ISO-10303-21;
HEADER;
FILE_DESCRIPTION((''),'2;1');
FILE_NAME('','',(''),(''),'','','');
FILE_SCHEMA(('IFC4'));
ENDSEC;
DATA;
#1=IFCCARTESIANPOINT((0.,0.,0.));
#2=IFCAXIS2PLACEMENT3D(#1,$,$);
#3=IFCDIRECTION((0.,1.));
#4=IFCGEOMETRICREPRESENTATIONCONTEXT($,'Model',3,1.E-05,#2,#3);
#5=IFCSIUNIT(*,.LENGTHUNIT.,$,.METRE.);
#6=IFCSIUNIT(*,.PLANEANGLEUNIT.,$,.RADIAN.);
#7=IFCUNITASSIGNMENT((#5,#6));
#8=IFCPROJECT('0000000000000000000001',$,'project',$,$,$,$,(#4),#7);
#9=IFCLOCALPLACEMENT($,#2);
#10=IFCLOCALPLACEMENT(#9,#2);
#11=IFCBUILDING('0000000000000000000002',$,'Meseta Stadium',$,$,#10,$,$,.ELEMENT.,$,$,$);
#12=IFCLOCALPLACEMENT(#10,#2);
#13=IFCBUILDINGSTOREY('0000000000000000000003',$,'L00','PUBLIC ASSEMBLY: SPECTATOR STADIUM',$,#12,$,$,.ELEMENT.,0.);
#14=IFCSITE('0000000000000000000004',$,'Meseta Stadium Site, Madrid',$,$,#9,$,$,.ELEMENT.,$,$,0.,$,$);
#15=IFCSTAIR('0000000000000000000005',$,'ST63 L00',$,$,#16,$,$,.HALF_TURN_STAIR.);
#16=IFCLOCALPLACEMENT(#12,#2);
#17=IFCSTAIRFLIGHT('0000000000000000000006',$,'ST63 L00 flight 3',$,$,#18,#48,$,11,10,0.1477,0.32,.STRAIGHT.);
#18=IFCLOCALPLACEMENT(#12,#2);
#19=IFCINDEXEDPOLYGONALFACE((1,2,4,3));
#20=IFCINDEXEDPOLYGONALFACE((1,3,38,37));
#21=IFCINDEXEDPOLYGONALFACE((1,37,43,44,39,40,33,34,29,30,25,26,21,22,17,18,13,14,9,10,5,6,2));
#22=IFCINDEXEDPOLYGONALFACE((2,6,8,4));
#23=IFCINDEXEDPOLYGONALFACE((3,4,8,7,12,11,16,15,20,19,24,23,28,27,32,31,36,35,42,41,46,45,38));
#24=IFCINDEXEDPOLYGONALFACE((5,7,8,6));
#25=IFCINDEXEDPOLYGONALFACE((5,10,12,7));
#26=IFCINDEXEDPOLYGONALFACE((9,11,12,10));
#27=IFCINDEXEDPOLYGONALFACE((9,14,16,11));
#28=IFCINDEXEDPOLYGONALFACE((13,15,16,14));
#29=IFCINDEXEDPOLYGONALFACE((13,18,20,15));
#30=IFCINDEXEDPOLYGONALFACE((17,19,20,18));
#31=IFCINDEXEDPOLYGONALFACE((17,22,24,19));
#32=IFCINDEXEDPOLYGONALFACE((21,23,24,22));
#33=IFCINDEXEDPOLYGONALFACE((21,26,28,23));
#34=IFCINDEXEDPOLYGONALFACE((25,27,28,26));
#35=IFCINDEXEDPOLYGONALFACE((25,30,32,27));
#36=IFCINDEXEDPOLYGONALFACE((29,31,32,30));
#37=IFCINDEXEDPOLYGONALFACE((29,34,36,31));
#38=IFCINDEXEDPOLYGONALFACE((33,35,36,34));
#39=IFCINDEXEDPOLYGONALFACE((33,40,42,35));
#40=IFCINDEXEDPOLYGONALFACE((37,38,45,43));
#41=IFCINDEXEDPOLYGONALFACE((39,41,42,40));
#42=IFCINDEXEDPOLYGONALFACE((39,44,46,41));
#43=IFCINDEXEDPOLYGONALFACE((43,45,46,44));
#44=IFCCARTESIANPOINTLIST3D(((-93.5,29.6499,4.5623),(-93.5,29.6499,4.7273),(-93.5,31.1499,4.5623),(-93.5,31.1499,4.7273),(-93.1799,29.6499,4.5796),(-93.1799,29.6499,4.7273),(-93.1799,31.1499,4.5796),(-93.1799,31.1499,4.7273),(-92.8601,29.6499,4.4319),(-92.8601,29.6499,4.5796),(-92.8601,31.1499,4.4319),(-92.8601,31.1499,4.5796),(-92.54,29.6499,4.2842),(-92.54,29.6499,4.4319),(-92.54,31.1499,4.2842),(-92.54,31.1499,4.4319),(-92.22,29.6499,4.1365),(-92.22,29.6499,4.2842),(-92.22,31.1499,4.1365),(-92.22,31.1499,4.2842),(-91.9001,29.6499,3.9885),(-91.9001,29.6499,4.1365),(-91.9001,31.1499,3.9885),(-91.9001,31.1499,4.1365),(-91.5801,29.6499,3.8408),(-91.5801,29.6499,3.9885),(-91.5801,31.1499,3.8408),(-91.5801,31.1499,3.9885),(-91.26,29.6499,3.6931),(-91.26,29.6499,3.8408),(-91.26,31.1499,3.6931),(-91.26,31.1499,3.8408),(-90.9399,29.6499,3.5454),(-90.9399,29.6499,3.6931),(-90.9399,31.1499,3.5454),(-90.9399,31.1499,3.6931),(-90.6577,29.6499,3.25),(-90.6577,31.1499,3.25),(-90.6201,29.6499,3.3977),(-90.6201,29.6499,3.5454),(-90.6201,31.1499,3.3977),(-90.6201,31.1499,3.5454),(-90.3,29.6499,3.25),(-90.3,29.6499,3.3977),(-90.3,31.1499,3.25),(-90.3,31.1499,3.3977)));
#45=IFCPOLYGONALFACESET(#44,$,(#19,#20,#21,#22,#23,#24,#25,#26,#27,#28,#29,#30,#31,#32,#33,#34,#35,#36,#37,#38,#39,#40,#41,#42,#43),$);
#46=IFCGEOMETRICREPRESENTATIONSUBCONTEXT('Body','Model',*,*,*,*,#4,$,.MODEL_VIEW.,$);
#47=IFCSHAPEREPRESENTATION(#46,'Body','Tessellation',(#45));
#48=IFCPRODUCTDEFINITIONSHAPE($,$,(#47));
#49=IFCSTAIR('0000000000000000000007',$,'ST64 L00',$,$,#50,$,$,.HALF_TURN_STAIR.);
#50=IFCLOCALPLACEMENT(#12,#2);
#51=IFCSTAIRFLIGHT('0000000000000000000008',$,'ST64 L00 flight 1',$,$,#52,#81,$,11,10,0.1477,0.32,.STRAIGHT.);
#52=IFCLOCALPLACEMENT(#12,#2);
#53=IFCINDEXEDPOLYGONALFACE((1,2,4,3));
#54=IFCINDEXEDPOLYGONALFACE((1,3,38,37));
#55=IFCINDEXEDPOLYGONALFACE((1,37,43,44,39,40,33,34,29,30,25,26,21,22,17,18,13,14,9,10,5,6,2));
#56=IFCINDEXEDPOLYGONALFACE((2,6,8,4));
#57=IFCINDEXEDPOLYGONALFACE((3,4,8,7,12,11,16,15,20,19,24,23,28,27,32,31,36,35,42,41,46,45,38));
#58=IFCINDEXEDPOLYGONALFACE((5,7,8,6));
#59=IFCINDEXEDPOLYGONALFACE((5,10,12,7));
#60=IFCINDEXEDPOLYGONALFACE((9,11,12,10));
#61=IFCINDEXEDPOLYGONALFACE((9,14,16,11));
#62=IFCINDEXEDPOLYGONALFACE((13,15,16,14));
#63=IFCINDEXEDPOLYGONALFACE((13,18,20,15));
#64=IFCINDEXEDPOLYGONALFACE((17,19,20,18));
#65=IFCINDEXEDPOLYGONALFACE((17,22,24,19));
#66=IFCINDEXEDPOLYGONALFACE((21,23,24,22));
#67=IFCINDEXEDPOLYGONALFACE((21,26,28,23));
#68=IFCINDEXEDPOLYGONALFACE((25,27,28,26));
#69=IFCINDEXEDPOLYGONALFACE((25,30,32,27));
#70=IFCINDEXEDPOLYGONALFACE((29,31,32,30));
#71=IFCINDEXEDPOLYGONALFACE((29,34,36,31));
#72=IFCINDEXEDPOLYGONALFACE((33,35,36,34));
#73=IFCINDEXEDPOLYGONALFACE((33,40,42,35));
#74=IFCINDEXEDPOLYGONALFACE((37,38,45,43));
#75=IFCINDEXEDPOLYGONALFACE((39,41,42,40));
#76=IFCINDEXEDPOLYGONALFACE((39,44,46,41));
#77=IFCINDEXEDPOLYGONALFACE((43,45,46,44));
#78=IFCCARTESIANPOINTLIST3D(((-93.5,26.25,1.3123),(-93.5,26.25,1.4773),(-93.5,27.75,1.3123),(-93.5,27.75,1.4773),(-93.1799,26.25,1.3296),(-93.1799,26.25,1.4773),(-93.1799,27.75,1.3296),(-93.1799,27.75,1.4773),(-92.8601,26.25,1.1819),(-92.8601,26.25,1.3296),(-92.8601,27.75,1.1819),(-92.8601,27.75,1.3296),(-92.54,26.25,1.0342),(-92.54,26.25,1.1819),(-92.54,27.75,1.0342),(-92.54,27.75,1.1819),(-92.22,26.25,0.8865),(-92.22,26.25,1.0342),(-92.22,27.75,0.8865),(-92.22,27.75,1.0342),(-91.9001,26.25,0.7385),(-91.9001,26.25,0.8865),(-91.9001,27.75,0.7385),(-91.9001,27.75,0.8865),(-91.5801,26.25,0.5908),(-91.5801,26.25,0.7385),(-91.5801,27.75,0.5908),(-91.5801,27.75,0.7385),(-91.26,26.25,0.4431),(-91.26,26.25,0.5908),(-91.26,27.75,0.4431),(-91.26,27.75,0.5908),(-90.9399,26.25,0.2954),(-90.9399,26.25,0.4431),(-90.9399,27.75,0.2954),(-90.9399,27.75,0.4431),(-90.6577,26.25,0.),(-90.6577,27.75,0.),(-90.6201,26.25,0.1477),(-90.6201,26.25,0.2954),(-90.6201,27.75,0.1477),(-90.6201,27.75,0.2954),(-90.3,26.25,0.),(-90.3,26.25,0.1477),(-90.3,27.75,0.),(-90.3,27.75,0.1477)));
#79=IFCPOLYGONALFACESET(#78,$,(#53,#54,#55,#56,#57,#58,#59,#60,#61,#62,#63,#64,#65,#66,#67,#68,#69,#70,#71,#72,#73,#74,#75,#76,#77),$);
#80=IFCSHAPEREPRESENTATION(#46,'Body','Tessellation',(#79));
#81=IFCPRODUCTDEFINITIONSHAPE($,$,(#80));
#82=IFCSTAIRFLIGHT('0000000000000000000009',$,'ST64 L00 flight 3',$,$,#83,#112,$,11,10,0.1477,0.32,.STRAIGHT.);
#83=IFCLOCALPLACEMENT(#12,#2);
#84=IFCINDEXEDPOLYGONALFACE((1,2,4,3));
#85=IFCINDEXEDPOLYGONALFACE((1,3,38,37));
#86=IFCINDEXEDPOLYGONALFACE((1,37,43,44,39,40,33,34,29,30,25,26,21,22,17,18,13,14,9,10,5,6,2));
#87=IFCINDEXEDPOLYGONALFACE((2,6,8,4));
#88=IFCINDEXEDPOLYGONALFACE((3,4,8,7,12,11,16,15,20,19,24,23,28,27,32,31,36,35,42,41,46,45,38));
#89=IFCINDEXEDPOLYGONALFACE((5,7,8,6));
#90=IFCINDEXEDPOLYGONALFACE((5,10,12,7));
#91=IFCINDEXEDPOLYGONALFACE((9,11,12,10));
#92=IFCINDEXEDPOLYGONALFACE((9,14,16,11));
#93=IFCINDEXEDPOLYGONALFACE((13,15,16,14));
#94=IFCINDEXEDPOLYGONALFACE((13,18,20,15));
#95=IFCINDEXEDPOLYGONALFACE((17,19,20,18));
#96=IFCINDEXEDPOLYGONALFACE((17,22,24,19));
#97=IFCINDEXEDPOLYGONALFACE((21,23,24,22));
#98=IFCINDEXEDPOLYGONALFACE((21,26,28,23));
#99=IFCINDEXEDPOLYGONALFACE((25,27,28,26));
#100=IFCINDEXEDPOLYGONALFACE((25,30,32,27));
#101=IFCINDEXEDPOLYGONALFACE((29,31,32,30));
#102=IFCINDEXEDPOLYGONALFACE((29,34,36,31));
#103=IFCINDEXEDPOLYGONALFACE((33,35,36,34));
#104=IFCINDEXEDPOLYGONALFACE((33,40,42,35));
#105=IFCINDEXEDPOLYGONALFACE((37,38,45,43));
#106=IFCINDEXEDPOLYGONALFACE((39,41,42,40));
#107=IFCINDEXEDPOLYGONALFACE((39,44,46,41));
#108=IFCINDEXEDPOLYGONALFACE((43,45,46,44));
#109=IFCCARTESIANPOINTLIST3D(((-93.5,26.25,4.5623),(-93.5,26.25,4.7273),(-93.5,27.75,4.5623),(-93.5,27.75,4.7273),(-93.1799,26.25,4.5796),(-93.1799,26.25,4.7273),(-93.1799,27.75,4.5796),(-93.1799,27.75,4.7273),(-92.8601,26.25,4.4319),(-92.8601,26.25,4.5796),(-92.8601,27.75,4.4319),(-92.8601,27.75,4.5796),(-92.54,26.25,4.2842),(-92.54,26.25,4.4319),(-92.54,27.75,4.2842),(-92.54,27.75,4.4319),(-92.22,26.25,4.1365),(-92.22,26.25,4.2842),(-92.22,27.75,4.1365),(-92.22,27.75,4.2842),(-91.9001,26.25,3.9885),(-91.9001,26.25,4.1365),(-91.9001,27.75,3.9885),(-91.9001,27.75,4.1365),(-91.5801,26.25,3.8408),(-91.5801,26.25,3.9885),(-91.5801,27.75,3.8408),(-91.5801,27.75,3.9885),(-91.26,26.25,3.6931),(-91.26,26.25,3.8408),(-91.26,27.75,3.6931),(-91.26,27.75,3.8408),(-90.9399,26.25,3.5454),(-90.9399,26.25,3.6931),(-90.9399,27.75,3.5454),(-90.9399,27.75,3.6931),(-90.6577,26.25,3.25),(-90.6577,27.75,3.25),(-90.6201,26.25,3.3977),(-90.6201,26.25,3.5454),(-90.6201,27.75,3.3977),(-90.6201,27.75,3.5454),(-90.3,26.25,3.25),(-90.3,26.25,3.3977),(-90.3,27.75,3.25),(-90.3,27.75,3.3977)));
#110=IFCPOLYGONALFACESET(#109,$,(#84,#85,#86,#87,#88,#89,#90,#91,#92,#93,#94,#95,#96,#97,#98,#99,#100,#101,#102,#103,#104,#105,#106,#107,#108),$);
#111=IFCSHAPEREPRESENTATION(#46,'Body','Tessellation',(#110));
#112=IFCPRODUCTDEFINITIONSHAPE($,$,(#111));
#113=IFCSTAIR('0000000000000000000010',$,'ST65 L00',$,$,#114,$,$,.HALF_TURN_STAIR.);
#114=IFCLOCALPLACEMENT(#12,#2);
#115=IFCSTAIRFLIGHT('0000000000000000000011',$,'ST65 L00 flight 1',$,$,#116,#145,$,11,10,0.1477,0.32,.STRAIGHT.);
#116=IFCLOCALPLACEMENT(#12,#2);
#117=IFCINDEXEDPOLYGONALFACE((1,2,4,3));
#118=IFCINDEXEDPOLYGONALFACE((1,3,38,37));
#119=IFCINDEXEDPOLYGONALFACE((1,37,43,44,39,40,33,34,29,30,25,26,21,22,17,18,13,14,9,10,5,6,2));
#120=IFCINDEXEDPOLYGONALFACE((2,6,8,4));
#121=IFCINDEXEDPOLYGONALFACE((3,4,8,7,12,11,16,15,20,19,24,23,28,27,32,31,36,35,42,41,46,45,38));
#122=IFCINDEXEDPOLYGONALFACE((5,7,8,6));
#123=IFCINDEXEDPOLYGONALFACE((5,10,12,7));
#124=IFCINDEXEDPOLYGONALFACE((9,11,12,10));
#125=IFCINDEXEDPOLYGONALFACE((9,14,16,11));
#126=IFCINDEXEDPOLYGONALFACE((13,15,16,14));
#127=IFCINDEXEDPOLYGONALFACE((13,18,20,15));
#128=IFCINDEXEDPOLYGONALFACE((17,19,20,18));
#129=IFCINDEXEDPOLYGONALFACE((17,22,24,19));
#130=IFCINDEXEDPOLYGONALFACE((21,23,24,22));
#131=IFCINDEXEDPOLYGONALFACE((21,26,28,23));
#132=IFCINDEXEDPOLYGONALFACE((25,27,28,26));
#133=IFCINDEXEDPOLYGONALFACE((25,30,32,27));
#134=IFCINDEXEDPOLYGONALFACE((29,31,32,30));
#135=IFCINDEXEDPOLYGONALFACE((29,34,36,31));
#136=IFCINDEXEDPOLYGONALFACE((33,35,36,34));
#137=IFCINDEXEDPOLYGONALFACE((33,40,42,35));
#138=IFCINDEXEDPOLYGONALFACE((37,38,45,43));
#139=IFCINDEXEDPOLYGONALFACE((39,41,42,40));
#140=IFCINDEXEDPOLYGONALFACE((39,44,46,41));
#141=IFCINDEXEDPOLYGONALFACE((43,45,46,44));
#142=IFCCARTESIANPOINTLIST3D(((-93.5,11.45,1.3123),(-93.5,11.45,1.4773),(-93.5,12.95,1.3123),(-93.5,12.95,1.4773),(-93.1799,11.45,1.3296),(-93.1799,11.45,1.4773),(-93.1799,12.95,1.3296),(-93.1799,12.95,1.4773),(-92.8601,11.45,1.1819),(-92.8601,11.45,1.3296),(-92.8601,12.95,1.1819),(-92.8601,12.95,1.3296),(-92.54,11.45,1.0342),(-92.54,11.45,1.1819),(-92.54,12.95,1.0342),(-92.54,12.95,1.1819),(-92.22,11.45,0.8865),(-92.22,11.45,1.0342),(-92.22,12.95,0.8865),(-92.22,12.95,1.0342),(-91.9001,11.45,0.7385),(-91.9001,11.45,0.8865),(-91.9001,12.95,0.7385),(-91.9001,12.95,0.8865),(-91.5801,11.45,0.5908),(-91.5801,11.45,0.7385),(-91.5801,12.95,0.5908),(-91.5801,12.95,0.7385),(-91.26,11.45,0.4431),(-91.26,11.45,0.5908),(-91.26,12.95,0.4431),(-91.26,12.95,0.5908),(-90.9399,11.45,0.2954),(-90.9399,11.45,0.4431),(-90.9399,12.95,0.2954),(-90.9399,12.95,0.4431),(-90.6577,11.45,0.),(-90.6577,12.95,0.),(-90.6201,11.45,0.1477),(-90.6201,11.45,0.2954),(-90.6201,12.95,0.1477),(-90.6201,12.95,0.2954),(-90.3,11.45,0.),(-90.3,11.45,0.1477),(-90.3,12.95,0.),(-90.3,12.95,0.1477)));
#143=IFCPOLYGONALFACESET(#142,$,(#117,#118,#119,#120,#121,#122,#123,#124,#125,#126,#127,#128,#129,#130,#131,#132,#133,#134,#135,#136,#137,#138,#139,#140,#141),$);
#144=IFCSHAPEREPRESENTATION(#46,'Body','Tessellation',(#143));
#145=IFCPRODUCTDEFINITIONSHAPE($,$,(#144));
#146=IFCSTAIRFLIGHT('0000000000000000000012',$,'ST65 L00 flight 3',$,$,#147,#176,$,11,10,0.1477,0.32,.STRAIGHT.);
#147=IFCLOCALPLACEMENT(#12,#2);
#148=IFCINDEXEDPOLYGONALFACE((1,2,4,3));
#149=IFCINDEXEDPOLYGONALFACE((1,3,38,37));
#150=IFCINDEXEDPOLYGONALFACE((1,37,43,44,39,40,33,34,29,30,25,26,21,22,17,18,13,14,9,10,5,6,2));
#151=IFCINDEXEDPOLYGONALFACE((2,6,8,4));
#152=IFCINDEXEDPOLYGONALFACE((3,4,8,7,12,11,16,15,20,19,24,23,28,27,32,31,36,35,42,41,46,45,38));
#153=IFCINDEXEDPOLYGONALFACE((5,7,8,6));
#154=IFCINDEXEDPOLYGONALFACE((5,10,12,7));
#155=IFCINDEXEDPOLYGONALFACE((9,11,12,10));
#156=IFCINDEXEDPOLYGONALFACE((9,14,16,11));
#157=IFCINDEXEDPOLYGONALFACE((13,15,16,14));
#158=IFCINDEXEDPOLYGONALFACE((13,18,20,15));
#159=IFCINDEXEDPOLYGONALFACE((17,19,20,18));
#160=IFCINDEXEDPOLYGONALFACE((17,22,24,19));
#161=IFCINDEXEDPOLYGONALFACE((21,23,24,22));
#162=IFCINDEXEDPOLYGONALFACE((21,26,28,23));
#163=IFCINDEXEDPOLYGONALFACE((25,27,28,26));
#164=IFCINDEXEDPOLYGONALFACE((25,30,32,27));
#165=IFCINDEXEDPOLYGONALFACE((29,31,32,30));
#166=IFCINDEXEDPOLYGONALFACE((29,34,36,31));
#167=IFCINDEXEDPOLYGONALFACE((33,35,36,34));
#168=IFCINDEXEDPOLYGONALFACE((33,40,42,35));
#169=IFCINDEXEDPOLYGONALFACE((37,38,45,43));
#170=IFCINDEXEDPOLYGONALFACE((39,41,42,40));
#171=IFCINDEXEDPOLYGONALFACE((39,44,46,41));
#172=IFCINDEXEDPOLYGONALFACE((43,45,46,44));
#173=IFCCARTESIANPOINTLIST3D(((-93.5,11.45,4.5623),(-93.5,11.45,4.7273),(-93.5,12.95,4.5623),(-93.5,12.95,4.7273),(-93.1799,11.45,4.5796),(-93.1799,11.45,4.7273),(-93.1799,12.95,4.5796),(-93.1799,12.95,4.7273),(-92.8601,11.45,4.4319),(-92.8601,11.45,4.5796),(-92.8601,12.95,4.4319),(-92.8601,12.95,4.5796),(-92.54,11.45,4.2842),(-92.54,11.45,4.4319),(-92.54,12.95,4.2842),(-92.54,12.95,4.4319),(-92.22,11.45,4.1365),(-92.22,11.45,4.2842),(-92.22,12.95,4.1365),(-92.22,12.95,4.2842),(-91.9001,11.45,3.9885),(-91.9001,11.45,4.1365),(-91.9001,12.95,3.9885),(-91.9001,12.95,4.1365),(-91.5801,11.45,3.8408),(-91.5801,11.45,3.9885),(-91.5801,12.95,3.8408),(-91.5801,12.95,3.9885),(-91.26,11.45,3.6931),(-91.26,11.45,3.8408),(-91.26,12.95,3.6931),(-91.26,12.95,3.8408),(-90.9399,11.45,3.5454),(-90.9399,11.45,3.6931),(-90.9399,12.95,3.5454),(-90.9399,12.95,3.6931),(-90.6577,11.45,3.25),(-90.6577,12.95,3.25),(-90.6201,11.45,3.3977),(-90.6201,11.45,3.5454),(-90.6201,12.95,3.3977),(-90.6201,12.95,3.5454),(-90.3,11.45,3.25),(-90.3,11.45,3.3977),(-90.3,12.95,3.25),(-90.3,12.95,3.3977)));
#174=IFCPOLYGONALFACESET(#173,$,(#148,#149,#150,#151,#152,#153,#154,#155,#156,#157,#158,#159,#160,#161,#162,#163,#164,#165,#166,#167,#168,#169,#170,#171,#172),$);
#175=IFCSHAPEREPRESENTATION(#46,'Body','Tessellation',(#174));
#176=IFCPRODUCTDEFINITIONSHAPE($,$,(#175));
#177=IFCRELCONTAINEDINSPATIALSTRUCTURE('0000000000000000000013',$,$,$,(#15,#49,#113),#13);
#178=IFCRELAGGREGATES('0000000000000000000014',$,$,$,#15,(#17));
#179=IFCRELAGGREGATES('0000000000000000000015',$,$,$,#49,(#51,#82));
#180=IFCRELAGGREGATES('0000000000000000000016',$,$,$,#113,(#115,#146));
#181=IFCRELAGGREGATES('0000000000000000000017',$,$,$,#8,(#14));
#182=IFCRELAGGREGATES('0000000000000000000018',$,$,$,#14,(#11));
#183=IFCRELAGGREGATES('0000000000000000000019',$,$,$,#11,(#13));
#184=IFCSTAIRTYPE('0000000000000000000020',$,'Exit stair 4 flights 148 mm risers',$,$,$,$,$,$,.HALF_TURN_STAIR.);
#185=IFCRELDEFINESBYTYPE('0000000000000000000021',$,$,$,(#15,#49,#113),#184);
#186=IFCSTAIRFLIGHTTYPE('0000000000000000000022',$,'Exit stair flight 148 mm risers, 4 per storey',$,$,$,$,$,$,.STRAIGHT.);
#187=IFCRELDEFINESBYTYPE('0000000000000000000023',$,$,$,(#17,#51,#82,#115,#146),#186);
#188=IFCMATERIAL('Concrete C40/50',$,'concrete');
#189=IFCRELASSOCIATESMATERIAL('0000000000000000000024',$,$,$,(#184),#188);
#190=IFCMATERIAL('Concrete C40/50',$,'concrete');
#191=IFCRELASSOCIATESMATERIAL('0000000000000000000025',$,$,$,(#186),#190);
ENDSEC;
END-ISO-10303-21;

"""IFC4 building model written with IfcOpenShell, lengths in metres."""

from ifc_helpers import new_model, si_unit, direction, frame, origin, place, context, subcontext, project, spatial, polyline, outline, extrude, material, type_object, element, aggregate, save


model = new_model("IFC4")

# Units and contexts
model_context = context("Model", 3, precision=1e-05, world=origin(), true_north=direction((0.0, 1.0)))
body_context = subcontext(model_context, "Body", "Model", "MODEL_VIEW")
ifc_project = project(units=[si_unit("LENGTHUNIT", "METRE"), si_unit("PLANEANGLEUNIT", "RADIAN")], contexts=[model_context])

# Site, building, storey
site_placement = place(None, origin())
site = spatial("IfcSite", under=ifc_project, at=site_placement, Name="Meseta Stadium Site, Madrid", CompositionType="ELEMENT", RefElevation=0.0)
building_placement = place(site_placement, origin())
building = spatial("IfcBuilding", under=site, at=building_placement, Name="Meseta Stadium", CompositionType="ELEMENT")
storey_placement = place(building_placement, origin())
storey = spatial("IfcBuildingStorey", under=building, at=storey_placement, Name="L00", Description="PUBLIC ASSEMBLY: SPECTATOR STADIUM", CompositionType="ELEMENT", Elevation=0.0)

# Stairs, stair flights
ifc_material_1 = material(Name="Concrete C40/50", Category="concrete")
stair_type = type_object("IfcStairType", Name="Exit stair 4 flights 148 mm risers", PredefinedType="HALF_TURN_STAIR", material=ifc_material_1)
stair_1_placement = place(storey_placement, origin())
stair_1 = element("IfcStair", 1, at=stair_1_placement, inside=storey, type_object=stair_type, Name="ST63 L00", PredefinedType="HALF_TURN_STAIR")
ifc_material_2 = material(Name="Concrete C40/50", Category="concrete")
stair_flight_type = type_object("IfcStairFlightType", Name="Exit stair flight 148 mm risers, 4 per storey", PredefinedType="STRAIGHT", material=ifc_material_2)
stair_flight_1_placement = place(storey_placement, frame((-90.3, 30.3999, 3.25), z_axis=(0.0, 0.0, 1.0), x_axis=(-1.0, 0.0, 0.0)))
stair_flight_1 = element("IfcStairFlight", 2, at=stair_flight_1_placement, type_object=stair_flight_type, Name="ST63 L00 flight 3", NumberOfRisers=11, NumberOfTreads=10, PredefinedType="STRAIGHT", RiserHeight=0.1477, TreadLength=0.32, context=body_context, shape_type="SweptSolid", body=[
    extrude(outline(polyline([(0.0, 0.0), (0.0, 0.1477), (0.3201, 0.1477), (0.3201, 0.2954), (0.6399, 0.2954), (0.6399, 0.4431), (0.96, 0.4431), (0.96, 0.5908), (1.28, 0.5908), (1.28, 0.7385), (1.6001, 0.7385), (1.6001, 0.8865), (1.9199, 0.8865), (1.9199, 1.0342), (2.24, 1.0342), (2.24, 1.1819), (2.5601, 1.1819), (2.5601, 1.3296), (2.8799, 1.3296), (2.8799, 1.4773), (3.2, 1.4773), (3.2, 1.3123), (0.3577, 0.0), (0.0, 0.0)])), frame((0.0, 0.75, 0.0), z_axis=(0.0, -1.0, 0.0), x_axis=(1.0, 0.0, 0.0)), (0.0, 0.0, 1.0), 1.5),
])
aggregate(stair_1, [stair_flight_1])
stair_2_placement = place(storey_placement, origin())
stair_2 = element("IfcStair", 3, at=stair_2_placement, inside=storey, type_object=stair_type, Name="ST64 L00", PredefinedType="HALF_TURN_STAIR")
stair_flight_2_placement = place(storey_placement, frame((-90.3, 27.0, 0.0), z_axis=(0.0, 0.0, 1.0), x_axis=(-1.0, 0.0, 0.0)))
stair_flight_2 = element("IfcStairFlight", 4, at=stair_flight_2_placement, type_object=stair_flight_type, Name="ST64 L00 flight 1", NumberOfRisers=11, NumberOfTreads=10, PredefinedType="STRAIGHT", RiserHeight=0.1477, TreadLength=0.32, context=body_context, shape_type="SweptSolid", body=[
    extrude(outline(polyline([(0.0, 0.0), (0.0, 0.1477), (0.3201, 0.1477), (0.3201, 0.2954), (0.6399, 0.2954), (0.6399, 0.4431), (0.96, 0.4431), (0.96, 0.5908), (1.28, 0.5908), (1.28, 0.7385), (1.6001, 0.7385), (1.6001, 0.8865), (1.9199, 0.8865), (1.9199, 1.0342), (2.24, 1.0342), (2.24, 1.1819), (2.5601, 1.1819), (2.5601, 1.3296), (2.8799, 1.3296), (2.8799, 1.4773), (3.2, 1.4773), (3.2, 1.3123), (0.3577, 0.0), (0.0, 0.0)])), frame((0.0, 0.75, 0.0), z_axis=(0.0, -1.0, 0.0), x_axis=(1.0, 0.0, 0.0)), (0.0, 0.0, 1.0), 1.5),
])
stair_flight_3_placement = place(storey_placement, frame((-90.3, 27.0, 3.25), z_axis=(0.0, 0.0, 1.0), x_axis=(-1.0, 0.0, 0.0)))
stair_flight_3 = element("IfcStairFlight", 5, at=stair_flight_3_placement, type_object=stair_flight_type, Name="ST64 L00 flight 3", NumberOfRisers=11, NumberOfTreads=10, PredefinedType="STRAIGHT", RiserHeight=0.1477, TreadLength=0.32, context=body_context, shape_type="SweptSolid", body=[
    extrude(outline(polyline([(0.0, 0.0), (0.0, 0.1477), (0.3201, 0.1477), (0.3201, 0.2954), (0.6399, 0.2954), (0.6399, 0.4431), (0.96, 0.4431), (0.96, 0.5908), (1.28, 0.5908), (1.28, 0.7385), (1.6001, 0.7385), (1.6001, 0.8865), (1.9199, 0.8865), (1.9199, 1.0342), (2.24, 1.0342), (2.24, 1.1819), (2.5601, 1.1819), (2.5601, 1.3296), (2.8799, 1.3296), (2.8799, 1.4773), (3.2, 1.4773), (3.2, 1.3123), (0.3577, 0.0), (0.0, 0.0)])), frame((0.0, 0.75, 0.0), z_axis=(0.0, -1.0, 0.0), x_axis=(1.0, 0.0, 0.0)), (0.0, 0.0, 1.0), 1.5),
])
aggregate(stair_2, [stair_flight_2, stair_flight_3])
stair_3_placement = place(storey_placement, origin())
stair_3 = element("IfcStair", 6, at=stair_3_placement, inside=storey, type_object=stair_type, Name="ST65 L00", PredefinedType="HALF_TURN_STAIR")
stair_flight_4_placement = place(storey_placement, frame((-90.3, 12.2, 0.0), z_axis=(0.0, 0.0, 1.0), x_axis=(-1.0, 0.0, 0.0)))
stair_flight_4 = element("IfcStairFlight", 7, at=stair_flight_4_placement, type_object=stair_flight_type, Name="ST65 L00 flight 1", NumberOfRisers=11, NumberOfTreads=10, PredefinedType="STRAIGHT", RiserHeight=0.1477, TreadLength=0.32, context=body_context, shape_type="SweptSolid", body=[
    extrude(outline(polyline([(0.0, 0.0), (0.0, 0.1477), (0.3201, 0.1477), (0.3201, 0.2954), (0.6399, 0.2954), (0.6399, 0.4431), (0.96, 0.4431), (0.96, 0.5908), (1.28, 0.5908), (1.28, 0.7385), (1.6001, 0.7385), (1.6001, 0.8865), (1.9199, 0.8865), (1.9199, 1.0342), (2.24, 1.0342), (2.24, 1.1819), (2.5601, 1.1819), (2.5601, 1.3296), (2.8799, 1.3296), (2.8799, 1.4773), (3.2, 1.4773), (3.2, 1.3123), (0.3577, 0.0), (0.0, 0.0)])), frame((0.0, 0.75, 0.0), z_axis=(0.0, -1.0, 0.0), x_axis=(1.0, 0.0, 0.0)), (0.0, 0.0, 1.0), 1.5),
])
stair_flight_5_placement = place(storey_placement, frame((-90.3, 12.2, 3.25), z_axis=(0.0, 0.0, 1.0), x_axis=(-1.0, 0.0, 0.0)))
stair_flight_5 = element("IfcStairFlight", 8, at=stair_flight_5_placement, type_object=stair_flight_type, Name="ST65 L00 flight 3", NumberOfRisers=11, NumberOfTreads=10, PredefinedType="STRAIGHT", RiserHeight=0.1477, TreadLength=0.32, context=body_context, shape_type="SweptSolid", body=[
    extrude(outline(polyline([(0.0, 0.0), (0.0, 0.1477), (0.3201, 0.1477), (0.3201, 0.2954), (0.6399, 0.2954), (0.6399, 0.4431), (0.96, 0.4431), (0.96, 0.5908), (1.28, 0.5908), (1.28, 0.7385), (1.6001, 0.7385), (1.6001, 0.8865), (1.9199, 0.8865), (1.9199, 1.0342), (2.24, 1.0342), (2.24, 1.1819), (2.5601, 1.1819), (2.5601, 1.3296), (2.8799, 1.3296), (2.8799, 1.4773), (3.2, 1.4773), (3.2, 1.3123), (0.3577, 0.0), (0.0, 0.0)])), frame((0.0, 0.75, 0.0), z_axis=(0.0, -1.0, 0.0), x_axis=(1.0, 0.0, 0.0)), (0.0, 0.0, 1.0), 1.5),
])
aggregate(stair_3, [stair_flight_4, stair_flight_5])

save(model, "model.ifc")
